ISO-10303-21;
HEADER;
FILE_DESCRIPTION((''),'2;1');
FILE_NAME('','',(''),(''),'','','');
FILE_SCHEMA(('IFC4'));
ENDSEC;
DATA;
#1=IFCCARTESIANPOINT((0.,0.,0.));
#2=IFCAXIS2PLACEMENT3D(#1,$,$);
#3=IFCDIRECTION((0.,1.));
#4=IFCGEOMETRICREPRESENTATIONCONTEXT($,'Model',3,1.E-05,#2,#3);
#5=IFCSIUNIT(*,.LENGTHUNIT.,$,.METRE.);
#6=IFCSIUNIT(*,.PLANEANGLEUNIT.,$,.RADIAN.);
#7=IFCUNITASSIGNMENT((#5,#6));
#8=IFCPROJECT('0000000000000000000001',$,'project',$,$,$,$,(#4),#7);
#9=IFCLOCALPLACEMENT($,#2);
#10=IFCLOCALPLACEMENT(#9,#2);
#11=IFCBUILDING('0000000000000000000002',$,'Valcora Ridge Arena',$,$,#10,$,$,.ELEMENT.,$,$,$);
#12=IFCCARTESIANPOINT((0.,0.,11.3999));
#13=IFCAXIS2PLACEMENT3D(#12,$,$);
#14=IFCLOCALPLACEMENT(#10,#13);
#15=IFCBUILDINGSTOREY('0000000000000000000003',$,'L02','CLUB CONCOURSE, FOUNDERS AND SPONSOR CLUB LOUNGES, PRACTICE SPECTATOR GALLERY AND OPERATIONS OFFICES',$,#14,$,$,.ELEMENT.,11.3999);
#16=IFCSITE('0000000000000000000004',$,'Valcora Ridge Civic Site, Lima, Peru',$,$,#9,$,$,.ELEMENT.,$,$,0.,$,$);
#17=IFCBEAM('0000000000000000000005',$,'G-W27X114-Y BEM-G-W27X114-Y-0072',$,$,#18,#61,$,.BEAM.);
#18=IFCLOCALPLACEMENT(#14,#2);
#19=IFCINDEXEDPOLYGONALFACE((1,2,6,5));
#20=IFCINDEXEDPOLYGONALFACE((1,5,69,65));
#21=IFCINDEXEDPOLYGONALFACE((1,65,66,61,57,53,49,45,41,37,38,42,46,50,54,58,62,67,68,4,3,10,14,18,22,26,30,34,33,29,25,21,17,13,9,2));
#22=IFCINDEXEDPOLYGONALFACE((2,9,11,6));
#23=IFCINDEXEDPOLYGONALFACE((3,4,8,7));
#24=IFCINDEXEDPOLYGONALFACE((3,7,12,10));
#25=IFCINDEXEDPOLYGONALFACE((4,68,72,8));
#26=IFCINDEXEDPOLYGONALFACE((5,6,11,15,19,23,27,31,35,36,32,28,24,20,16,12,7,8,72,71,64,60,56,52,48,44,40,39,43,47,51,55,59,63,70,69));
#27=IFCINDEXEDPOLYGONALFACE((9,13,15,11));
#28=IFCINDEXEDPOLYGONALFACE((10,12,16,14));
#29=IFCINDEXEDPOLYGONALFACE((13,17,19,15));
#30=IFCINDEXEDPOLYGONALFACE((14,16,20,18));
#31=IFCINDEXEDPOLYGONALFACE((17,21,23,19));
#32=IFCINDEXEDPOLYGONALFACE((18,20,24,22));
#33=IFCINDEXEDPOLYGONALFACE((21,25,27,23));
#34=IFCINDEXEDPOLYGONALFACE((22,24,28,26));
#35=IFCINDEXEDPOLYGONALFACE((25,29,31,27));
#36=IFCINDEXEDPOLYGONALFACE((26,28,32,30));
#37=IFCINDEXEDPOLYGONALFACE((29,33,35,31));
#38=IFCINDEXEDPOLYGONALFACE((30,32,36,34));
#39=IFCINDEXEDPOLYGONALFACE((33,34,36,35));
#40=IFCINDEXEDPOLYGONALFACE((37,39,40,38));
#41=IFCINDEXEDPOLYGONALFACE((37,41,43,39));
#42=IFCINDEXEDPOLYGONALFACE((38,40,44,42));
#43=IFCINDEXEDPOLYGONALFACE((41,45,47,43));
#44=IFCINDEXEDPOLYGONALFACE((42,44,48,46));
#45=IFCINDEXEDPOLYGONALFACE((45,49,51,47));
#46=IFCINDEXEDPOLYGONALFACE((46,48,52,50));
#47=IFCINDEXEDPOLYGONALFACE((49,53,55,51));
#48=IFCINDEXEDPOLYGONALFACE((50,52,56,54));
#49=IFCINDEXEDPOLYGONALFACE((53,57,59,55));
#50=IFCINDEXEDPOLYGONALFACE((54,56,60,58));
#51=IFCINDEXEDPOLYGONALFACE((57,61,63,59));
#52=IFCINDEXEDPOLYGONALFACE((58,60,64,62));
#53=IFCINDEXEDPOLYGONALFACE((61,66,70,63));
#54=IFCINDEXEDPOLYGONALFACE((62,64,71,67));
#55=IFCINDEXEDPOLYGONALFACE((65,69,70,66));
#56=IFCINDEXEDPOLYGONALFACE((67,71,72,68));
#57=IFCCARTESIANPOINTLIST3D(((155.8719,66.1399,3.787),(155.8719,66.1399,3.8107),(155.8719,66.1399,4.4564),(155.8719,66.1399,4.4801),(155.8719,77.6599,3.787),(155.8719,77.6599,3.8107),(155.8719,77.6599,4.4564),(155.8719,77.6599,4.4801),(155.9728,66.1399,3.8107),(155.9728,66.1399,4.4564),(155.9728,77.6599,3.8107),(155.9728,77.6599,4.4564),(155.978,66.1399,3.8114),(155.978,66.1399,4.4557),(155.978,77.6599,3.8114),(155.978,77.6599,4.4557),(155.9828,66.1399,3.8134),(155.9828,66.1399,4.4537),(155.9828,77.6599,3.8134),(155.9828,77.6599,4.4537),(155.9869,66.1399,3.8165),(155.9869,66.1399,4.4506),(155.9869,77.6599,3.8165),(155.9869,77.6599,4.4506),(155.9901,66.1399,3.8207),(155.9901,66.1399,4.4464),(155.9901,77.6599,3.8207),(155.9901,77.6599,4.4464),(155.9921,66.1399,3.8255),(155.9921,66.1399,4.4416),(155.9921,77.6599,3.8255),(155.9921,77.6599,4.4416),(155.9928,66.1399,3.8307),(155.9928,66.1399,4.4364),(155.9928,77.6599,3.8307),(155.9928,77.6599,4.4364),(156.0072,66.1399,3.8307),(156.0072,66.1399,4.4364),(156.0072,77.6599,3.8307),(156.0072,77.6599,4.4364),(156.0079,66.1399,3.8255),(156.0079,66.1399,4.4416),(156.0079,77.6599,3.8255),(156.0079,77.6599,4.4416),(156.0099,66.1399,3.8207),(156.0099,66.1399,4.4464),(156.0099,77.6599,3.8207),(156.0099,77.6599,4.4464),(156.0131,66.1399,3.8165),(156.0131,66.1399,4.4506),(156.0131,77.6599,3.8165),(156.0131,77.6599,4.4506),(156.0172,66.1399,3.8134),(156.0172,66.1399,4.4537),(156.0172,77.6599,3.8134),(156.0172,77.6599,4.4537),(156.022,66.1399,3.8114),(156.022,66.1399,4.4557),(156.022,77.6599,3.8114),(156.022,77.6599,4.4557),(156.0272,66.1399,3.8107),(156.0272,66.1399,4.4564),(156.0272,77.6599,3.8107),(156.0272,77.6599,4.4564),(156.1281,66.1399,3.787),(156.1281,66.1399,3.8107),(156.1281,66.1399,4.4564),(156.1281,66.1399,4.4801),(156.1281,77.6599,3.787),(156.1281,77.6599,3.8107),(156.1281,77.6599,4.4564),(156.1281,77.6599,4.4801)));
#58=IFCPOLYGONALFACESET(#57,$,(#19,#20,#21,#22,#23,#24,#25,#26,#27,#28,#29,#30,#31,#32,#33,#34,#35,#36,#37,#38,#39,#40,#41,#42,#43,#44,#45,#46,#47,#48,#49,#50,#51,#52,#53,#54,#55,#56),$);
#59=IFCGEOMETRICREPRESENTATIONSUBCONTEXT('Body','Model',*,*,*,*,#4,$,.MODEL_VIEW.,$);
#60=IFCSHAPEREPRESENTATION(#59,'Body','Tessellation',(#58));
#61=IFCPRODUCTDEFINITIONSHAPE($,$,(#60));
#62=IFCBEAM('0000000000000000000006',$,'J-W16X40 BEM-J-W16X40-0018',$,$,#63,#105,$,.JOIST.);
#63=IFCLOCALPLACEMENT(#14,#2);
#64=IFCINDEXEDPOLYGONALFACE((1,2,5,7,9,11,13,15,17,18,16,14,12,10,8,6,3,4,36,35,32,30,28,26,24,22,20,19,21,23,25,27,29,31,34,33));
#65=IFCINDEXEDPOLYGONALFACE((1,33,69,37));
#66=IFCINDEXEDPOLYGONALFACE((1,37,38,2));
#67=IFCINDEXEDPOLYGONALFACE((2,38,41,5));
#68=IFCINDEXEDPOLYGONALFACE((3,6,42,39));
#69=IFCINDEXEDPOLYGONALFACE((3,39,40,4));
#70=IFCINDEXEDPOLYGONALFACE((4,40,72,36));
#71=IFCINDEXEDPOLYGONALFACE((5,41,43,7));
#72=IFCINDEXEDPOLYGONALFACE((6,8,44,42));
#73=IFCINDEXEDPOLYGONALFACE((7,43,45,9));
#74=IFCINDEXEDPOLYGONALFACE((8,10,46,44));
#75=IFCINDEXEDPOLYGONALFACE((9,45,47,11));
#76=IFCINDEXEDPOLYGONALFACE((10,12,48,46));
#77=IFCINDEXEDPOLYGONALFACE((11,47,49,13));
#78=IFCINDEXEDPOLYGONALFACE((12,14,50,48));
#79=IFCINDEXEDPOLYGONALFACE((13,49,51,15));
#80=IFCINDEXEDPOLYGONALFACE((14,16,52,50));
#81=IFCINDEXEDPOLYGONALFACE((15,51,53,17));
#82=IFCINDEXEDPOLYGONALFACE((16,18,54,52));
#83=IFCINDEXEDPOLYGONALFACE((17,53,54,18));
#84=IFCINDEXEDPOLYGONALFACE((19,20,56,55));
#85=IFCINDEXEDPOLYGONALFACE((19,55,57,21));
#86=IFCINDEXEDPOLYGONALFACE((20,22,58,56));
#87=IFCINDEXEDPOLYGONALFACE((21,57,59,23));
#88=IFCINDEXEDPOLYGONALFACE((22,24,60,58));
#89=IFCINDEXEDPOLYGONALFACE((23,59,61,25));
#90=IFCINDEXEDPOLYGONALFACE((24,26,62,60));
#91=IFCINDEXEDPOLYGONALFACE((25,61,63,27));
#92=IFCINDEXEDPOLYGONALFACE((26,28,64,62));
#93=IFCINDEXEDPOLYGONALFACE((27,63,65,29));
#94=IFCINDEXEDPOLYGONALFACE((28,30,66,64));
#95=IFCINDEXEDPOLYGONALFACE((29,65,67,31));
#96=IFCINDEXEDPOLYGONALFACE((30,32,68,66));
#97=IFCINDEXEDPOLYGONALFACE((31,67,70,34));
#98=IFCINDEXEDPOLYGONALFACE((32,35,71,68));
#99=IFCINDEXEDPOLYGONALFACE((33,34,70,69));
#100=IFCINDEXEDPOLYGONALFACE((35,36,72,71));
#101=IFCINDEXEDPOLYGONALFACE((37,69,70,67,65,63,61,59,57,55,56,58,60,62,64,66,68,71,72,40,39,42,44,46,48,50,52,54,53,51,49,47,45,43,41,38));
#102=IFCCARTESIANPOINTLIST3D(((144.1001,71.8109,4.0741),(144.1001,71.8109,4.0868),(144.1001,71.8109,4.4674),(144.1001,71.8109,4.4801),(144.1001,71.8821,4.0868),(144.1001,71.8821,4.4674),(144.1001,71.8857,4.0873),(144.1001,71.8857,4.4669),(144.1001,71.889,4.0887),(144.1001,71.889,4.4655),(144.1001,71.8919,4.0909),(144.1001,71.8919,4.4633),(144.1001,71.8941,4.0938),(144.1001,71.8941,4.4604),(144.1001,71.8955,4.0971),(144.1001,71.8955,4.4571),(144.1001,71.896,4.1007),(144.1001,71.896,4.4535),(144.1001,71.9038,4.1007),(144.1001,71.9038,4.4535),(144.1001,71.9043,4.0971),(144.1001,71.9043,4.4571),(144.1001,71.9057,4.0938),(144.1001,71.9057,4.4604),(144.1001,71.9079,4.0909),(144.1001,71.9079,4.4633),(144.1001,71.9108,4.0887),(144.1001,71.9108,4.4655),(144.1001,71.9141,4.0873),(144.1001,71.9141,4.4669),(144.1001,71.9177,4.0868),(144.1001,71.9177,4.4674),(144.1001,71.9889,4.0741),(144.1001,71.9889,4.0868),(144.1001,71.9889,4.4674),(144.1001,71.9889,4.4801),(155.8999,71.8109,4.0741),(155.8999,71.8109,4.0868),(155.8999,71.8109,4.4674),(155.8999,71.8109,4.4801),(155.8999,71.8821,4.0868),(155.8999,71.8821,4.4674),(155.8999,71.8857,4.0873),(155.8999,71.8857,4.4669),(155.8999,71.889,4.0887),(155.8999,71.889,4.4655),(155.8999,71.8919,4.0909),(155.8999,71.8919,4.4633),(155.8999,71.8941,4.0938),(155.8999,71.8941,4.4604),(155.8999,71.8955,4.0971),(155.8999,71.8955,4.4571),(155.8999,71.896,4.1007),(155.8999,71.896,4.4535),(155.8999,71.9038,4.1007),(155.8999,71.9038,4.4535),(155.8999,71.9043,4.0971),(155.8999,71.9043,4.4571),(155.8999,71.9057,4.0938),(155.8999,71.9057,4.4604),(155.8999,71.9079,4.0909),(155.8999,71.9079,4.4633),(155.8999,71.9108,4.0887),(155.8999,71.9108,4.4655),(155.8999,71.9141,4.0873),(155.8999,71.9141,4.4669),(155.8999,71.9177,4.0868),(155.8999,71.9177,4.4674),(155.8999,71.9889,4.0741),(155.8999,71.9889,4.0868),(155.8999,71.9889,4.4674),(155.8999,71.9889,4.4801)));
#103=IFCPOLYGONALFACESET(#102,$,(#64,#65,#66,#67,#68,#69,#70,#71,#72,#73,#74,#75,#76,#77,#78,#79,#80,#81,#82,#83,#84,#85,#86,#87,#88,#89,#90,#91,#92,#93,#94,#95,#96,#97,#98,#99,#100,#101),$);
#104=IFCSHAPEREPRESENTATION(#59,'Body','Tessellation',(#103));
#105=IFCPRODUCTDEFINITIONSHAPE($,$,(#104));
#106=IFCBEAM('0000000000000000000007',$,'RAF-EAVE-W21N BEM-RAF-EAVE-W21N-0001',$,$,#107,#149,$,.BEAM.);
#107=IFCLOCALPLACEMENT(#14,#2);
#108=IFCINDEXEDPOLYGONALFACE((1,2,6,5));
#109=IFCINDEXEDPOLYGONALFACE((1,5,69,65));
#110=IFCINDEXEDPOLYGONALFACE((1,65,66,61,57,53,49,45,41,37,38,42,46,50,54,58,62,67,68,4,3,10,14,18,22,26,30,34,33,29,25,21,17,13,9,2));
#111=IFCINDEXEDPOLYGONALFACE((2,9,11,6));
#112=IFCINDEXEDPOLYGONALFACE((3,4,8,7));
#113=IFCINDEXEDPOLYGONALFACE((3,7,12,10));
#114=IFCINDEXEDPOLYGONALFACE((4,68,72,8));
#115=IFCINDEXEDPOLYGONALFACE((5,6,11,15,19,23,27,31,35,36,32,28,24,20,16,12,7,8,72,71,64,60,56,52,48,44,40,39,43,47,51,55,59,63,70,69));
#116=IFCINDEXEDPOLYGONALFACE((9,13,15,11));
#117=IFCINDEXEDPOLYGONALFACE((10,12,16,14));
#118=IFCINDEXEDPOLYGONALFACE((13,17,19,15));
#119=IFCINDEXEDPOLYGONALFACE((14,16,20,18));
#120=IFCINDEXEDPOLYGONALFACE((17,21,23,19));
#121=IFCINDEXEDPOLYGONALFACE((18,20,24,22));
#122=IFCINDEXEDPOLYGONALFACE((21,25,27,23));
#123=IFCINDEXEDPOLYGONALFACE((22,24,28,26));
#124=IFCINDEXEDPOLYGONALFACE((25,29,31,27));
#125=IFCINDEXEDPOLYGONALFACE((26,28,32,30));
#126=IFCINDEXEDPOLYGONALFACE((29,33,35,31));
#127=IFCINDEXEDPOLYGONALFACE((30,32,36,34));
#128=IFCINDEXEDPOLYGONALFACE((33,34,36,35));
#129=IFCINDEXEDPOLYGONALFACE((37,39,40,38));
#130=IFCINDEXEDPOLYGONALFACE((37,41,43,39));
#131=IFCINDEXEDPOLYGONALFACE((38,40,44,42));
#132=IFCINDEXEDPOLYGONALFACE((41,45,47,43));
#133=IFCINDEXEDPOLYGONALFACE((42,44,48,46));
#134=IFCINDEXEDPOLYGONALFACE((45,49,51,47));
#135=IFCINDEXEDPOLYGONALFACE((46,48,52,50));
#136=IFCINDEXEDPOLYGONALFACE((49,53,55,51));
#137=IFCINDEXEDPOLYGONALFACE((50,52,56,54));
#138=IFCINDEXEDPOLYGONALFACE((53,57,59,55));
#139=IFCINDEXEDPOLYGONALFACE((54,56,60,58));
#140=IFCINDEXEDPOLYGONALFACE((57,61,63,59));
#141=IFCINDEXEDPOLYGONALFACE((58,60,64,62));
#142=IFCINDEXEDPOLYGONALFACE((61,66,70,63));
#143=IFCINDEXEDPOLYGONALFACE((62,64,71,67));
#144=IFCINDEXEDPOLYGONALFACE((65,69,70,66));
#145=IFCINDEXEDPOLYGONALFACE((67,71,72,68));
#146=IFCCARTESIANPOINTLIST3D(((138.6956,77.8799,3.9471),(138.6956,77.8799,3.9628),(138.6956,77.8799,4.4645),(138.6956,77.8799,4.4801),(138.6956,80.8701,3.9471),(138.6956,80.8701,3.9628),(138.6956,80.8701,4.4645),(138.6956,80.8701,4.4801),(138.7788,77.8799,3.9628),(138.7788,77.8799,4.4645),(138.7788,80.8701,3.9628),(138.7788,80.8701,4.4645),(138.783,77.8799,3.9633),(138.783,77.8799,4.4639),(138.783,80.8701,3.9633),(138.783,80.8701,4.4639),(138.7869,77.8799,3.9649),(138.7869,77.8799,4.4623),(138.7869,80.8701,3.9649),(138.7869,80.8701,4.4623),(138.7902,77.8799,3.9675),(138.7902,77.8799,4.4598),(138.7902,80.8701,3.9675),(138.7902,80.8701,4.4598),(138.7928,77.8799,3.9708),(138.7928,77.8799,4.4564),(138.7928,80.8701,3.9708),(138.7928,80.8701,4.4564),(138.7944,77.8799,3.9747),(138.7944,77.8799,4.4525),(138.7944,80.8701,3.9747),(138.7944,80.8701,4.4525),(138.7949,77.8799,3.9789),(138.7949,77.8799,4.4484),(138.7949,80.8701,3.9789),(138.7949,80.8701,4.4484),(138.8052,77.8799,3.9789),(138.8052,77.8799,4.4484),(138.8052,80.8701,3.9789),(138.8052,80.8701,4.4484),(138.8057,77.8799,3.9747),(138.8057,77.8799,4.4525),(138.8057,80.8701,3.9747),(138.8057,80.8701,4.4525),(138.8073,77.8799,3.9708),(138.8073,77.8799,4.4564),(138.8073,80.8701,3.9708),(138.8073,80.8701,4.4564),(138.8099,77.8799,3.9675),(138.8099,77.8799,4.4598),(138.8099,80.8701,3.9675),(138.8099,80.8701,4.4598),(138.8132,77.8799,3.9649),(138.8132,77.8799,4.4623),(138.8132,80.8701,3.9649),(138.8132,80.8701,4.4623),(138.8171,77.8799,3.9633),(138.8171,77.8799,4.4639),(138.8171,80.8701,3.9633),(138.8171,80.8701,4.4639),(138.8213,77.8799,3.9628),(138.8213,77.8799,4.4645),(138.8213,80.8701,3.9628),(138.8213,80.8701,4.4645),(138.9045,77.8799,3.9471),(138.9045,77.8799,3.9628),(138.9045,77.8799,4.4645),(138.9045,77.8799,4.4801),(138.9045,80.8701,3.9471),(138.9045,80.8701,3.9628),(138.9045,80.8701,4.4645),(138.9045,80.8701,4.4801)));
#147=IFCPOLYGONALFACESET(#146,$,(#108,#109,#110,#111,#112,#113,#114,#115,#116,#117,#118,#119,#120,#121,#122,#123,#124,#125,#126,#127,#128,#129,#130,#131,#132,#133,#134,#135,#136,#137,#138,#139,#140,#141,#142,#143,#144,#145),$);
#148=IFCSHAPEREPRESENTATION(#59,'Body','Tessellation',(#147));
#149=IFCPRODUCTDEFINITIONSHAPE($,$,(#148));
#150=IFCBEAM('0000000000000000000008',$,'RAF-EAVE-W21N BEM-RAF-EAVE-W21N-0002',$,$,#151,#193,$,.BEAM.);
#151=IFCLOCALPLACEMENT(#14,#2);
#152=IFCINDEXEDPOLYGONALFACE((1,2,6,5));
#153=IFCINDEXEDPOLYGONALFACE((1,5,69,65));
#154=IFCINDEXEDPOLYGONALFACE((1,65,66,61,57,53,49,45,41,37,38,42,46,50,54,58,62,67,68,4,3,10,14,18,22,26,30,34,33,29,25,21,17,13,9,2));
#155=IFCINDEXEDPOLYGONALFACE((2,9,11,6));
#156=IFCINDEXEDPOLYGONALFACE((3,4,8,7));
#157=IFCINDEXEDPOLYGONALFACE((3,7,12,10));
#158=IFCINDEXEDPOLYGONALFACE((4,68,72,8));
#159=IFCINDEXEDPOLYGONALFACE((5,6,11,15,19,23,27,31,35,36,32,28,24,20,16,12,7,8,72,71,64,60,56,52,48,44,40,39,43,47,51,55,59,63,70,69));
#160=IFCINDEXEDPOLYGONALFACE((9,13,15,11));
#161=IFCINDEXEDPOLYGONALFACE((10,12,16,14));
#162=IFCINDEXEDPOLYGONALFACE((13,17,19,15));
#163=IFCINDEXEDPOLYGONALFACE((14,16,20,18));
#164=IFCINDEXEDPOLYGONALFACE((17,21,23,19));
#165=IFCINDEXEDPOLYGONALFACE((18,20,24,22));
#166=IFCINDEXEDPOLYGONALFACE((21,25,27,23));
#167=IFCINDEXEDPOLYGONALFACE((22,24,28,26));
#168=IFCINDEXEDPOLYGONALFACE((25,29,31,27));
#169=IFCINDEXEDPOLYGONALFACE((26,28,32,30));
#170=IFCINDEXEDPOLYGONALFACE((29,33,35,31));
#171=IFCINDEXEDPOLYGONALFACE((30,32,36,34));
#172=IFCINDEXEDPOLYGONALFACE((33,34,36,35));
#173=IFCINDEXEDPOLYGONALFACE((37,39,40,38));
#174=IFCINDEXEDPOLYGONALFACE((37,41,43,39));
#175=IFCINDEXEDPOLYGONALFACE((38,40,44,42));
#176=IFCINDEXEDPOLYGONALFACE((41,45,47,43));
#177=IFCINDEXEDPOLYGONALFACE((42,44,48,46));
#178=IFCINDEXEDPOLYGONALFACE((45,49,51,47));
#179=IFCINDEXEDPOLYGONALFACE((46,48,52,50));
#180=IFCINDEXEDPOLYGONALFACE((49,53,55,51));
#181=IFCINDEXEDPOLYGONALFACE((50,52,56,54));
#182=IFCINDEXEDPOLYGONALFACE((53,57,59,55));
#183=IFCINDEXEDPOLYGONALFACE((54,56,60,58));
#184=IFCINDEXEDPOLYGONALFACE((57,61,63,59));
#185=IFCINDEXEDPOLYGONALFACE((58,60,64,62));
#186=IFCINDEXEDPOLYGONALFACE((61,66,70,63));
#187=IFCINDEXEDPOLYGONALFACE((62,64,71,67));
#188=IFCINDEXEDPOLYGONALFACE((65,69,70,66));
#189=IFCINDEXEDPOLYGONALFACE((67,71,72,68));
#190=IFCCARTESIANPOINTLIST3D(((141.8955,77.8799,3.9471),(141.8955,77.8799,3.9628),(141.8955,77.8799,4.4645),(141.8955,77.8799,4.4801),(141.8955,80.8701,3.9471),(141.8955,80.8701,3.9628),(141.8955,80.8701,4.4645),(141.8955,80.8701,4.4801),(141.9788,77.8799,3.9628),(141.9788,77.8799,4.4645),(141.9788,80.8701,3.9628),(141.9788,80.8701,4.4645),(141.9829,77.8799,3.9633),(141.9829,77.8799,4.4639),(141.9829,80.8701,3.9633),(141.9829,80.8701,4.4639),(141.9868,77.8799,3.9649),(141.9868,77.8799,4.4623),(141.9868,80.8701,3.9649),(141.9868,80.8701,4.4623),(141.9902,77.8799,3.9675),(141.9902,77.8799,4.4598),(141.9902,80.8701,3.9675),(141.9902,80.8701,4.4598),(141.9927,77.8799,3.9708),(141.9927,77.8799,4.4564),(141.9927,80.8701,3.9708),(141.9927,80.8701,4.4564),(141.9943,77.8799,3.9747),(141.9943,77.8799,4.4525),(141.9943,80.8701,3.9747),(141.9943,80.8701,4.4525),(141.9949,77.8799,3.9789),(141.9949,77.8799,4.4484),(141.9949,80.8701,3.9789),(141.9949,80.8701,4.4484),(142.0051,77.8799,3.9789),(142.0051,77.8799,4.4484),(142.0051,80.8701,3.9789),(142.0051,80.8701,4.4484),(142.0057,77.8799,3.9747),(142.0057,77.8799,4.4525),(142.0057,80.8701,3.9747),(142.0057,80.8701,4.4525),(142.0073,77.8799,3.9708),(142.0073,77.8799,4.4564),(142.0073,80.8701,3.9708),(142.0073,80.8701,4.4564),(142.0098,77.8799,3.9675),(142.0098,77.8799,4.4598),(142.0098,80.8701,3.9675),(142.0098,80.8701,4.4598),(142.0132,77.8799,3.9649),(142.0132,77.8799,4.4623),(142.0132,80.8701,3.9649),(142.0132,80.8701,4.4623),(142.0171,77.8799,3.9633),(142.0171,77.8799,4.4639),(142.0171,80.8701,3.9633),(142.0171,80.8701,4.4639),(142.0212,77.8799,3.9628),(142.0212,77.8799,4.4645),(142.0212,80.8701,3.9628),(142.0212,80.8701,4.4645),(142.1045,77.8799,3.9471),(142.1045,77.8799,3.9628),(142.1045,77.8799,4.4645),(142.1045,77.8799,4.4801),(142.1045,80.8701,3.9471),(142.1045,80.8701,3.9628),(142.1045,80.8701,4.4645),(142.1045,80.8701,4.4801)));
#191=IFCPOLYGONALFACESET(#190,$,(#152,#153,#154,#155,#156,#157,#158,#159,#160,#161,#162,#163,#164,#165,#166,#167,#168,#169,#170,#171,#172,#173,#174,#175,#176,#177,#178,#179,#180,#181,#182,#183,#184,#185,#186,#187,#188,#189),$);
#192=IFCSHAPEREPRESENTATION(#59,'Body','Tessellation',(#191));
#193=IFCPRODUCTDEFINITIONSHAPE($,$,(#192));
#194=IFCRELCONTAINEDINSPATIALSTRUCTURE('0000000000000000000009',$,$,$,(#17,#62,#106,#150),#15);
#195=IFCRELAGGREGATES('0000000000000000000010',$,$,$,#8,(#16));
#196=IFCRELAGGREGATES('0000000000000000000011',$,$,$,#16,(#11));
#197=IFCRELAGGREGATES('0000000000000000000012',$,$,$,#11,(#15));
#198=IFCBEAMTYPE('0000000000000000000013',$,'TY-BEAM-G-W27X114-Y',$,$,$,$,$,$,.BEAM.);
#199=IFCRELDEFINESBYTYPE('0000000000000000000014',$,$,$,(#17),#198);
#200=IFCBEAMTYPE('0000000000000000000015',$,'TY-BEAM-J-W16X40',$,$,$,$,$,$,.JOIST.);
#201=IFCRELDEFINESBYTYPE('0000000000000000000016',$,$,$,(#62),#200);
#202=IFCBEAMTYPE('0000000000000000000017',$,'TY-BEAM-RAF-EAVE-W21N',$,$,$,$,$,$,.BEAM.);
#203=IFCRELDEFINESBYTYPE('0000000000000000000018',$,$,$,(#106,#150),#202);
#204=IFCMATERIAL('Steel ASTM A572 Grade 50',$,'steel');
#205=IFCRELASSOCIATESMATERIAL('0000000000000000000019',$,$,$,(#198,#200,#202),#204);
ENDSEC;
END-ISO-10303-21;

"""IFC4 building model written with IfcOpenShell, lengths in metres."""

from ifc_helpers import new_model, si_unit, direction, frame, origin, origin_2d, place, context, subcontext, project, spatial, i_section, extrude, material, material_profile, profile_set, type_object, element, save


model = new_model("IFC4")

# Units and contexts
model_context = context("Model", 3, precision=1e-05, world=origin(), true_north=direction((0.0, 1.0)))
body_context = subcontext(model_context, "Body", "Model", "MODEL_VIEW")
ifc_project = project(units=[si_unit("LENGTHUNIT", "METRE"), si_unit("PLANEANGLEUNIT", "RADIAN")], contexts=[model_context])

# Site, building, storey
site_placement = place(None, origin())
site = spatial("IfcSite", under=ifc_project, at=site_placement, Name="Valcora Ridge Civic Site, Lima, Peru", CompositionType="ELEMENT", RefElevation=0.0)
building_placement = place(site_placement, origin())
building = spatial("IfcBuilding", under=site, at=building_placement, Name="Valcora Ridge Arena", CompositionType="ELEMENT")
storey_placement = place(building_placement, frame((0.0, 0.0, 11.3999)))
storey = spatial("IfcBuildingStorey", under=building, at=storey_placement, Name="L02", Description="CLUB CONCOURSE, FOUNDERS AND SPONSOR CLUB LOUNGES, PRACTICE SPECTATOR GALLERY AND OPERATIONS OFFICES", CompositionType="ELEMENT", Elevation=11.3999)

# Shared definitions
ifc_material_1 = material(Name="Steel ASTM A572 Grade 50", Category="steel")

# Beams
ifc_material_profile_1 = material_profile(ifc_material_1, i_section(OverallWidth=0.2561, OverallDepth=0.6931, WebThickness=0.0144, FlangeThickness=0.0237, FilletRadius=0.02, at=origin_2d()), Name="W27X114")
ifc_profile_set_1 = profile_set([ifc_material_profile_1], Name="Steel ASTM A572 Grade 50")
beam_type_1 = type_object("IfcBeamType", Name="TY-BEAM-G-W27X114-Y", PredefinedType="BEAM", material=ifc_profile_set_1)
for number, where, z_axis, x_axis, name in (
    (1, (156.0, 66.1399, 4.1335), (0.0, 1.0, 0.0), (-1.0, 0.0, 0.0), "G-W27X114-Y BEM-G-W27X114-Y-0072"),
):
    element("IfcBeam", number, at=place(storey_placement, frame(where, z_axis=z_axis, x_axis=x_axis)), inside=storey, type_object=beam_type_1, Name=name, PredefinedType="BEAM", context=body_context, shape_type="SweptSolid", body=[
        extrude(i_section(OverallWidth=0.2561, OverallDepth=0.6931, WebThickness=0.0144, FlangeThickness=0.0237, FilletRadius=0.02, at=origin_2d()), origin(), (0.0, 0.0, 1.0), 11.52),
    ])
ifc_material_profile_2 = material_profile(ifc_material_1, i_section(OverallWidth=0.178, OverallDepth=0.406, WebThickness=0.0078, FlangeThickness=0.0127, FilletRadius=0.0139, at=origin_2d()), Name="W16X40")
ifc_profile_set_2 = profile_set([ifc_material_profile_2], Name="Steel ASTM A572 Grade 50")
beam_type_2 = type_object("IfcBeamType", Name="TY-BEAM-J-W16X40", PredefinedType="JOIST", material=ifc_profile_set_2)
beam_1_placement = place(storey_placement, frame((144.1001, 71.8999, 4.2771), z_axis=(1.0, 0.0, 0.0), x_axis=(0.0, 1.0, 0.0)))
element("IfcBeam", 2, at=beam_1_placement, inside=storey, type_object=beam_type_2, Name="J-W16X40 BEM-J-W16X40-0018", PredefinedType="JOIST", context=body_context, shape_type="SweptSolid", body=[
    extrude(i_section(OverallWidth=0.178, OverallDepth=0.406, WebThickness=0.0078, FlangeThickness=0.0127, FilletRadius=0.0139, at=origin_2d()), origin(), (0.0, 0.0, 1.0), 11.7998),
])
ifc_material_profile_3 = material_profile(ifc_material_1, i_section(OverallWidth=0.209, OverallDepth=0.533, WebThickness=0.0103, FlangeThickness=0.0156, FilletRadius=0.0161, at=origin_2d()), Name="W21X62")
ifc_profile_set_3 = profile_set([ifc_material_profile_3], Name="Steel ASTM A572 Grade 50")
beam_type_3 = type_object("IfcBeamType", Name="TY-BEAM-RAF-EAVE-W21N", PredefinedType="BEAM", material=ifc_profile_set_3)
for number, where, z_axis, x_axis, name in (
    (3, (138.8, 77.8799, 4.2136), (0.0, 1.0, 0.0), (-1.0, 0.0, 0.0), "RAF-EAVE-W21N BEM-RAF-EAVE-W21N-0001"),
    (4, (142.0, 77.8799, 4.2136), (0.0, 1.0, 0.0), (-1.0, 0.0, 0.0), "RAF-EAVE-W21N BEM-RAF-EAVE-W21N-0002"),
):
    element("IfcBeam", number, at=place(storey_placement, frame(where, z_axis=z_axis, x_axis=x_axis)), inside=storey, type_object=beam_type_3, Name=name, PredefinedType="BEAM", context=body_context, shape_type="SweptSolid", body=[
        extrude(i_section(OverallWidth=0.209, OverallDepth=0.533, WebThickness=0.0103, FlangeThickness=0.0156, FilletRadius=0.0161, at=origin_2d()), origin(), (0.0, 0.0, 1.0), 2.9902),
    ])

save(model, "model.ifc")
